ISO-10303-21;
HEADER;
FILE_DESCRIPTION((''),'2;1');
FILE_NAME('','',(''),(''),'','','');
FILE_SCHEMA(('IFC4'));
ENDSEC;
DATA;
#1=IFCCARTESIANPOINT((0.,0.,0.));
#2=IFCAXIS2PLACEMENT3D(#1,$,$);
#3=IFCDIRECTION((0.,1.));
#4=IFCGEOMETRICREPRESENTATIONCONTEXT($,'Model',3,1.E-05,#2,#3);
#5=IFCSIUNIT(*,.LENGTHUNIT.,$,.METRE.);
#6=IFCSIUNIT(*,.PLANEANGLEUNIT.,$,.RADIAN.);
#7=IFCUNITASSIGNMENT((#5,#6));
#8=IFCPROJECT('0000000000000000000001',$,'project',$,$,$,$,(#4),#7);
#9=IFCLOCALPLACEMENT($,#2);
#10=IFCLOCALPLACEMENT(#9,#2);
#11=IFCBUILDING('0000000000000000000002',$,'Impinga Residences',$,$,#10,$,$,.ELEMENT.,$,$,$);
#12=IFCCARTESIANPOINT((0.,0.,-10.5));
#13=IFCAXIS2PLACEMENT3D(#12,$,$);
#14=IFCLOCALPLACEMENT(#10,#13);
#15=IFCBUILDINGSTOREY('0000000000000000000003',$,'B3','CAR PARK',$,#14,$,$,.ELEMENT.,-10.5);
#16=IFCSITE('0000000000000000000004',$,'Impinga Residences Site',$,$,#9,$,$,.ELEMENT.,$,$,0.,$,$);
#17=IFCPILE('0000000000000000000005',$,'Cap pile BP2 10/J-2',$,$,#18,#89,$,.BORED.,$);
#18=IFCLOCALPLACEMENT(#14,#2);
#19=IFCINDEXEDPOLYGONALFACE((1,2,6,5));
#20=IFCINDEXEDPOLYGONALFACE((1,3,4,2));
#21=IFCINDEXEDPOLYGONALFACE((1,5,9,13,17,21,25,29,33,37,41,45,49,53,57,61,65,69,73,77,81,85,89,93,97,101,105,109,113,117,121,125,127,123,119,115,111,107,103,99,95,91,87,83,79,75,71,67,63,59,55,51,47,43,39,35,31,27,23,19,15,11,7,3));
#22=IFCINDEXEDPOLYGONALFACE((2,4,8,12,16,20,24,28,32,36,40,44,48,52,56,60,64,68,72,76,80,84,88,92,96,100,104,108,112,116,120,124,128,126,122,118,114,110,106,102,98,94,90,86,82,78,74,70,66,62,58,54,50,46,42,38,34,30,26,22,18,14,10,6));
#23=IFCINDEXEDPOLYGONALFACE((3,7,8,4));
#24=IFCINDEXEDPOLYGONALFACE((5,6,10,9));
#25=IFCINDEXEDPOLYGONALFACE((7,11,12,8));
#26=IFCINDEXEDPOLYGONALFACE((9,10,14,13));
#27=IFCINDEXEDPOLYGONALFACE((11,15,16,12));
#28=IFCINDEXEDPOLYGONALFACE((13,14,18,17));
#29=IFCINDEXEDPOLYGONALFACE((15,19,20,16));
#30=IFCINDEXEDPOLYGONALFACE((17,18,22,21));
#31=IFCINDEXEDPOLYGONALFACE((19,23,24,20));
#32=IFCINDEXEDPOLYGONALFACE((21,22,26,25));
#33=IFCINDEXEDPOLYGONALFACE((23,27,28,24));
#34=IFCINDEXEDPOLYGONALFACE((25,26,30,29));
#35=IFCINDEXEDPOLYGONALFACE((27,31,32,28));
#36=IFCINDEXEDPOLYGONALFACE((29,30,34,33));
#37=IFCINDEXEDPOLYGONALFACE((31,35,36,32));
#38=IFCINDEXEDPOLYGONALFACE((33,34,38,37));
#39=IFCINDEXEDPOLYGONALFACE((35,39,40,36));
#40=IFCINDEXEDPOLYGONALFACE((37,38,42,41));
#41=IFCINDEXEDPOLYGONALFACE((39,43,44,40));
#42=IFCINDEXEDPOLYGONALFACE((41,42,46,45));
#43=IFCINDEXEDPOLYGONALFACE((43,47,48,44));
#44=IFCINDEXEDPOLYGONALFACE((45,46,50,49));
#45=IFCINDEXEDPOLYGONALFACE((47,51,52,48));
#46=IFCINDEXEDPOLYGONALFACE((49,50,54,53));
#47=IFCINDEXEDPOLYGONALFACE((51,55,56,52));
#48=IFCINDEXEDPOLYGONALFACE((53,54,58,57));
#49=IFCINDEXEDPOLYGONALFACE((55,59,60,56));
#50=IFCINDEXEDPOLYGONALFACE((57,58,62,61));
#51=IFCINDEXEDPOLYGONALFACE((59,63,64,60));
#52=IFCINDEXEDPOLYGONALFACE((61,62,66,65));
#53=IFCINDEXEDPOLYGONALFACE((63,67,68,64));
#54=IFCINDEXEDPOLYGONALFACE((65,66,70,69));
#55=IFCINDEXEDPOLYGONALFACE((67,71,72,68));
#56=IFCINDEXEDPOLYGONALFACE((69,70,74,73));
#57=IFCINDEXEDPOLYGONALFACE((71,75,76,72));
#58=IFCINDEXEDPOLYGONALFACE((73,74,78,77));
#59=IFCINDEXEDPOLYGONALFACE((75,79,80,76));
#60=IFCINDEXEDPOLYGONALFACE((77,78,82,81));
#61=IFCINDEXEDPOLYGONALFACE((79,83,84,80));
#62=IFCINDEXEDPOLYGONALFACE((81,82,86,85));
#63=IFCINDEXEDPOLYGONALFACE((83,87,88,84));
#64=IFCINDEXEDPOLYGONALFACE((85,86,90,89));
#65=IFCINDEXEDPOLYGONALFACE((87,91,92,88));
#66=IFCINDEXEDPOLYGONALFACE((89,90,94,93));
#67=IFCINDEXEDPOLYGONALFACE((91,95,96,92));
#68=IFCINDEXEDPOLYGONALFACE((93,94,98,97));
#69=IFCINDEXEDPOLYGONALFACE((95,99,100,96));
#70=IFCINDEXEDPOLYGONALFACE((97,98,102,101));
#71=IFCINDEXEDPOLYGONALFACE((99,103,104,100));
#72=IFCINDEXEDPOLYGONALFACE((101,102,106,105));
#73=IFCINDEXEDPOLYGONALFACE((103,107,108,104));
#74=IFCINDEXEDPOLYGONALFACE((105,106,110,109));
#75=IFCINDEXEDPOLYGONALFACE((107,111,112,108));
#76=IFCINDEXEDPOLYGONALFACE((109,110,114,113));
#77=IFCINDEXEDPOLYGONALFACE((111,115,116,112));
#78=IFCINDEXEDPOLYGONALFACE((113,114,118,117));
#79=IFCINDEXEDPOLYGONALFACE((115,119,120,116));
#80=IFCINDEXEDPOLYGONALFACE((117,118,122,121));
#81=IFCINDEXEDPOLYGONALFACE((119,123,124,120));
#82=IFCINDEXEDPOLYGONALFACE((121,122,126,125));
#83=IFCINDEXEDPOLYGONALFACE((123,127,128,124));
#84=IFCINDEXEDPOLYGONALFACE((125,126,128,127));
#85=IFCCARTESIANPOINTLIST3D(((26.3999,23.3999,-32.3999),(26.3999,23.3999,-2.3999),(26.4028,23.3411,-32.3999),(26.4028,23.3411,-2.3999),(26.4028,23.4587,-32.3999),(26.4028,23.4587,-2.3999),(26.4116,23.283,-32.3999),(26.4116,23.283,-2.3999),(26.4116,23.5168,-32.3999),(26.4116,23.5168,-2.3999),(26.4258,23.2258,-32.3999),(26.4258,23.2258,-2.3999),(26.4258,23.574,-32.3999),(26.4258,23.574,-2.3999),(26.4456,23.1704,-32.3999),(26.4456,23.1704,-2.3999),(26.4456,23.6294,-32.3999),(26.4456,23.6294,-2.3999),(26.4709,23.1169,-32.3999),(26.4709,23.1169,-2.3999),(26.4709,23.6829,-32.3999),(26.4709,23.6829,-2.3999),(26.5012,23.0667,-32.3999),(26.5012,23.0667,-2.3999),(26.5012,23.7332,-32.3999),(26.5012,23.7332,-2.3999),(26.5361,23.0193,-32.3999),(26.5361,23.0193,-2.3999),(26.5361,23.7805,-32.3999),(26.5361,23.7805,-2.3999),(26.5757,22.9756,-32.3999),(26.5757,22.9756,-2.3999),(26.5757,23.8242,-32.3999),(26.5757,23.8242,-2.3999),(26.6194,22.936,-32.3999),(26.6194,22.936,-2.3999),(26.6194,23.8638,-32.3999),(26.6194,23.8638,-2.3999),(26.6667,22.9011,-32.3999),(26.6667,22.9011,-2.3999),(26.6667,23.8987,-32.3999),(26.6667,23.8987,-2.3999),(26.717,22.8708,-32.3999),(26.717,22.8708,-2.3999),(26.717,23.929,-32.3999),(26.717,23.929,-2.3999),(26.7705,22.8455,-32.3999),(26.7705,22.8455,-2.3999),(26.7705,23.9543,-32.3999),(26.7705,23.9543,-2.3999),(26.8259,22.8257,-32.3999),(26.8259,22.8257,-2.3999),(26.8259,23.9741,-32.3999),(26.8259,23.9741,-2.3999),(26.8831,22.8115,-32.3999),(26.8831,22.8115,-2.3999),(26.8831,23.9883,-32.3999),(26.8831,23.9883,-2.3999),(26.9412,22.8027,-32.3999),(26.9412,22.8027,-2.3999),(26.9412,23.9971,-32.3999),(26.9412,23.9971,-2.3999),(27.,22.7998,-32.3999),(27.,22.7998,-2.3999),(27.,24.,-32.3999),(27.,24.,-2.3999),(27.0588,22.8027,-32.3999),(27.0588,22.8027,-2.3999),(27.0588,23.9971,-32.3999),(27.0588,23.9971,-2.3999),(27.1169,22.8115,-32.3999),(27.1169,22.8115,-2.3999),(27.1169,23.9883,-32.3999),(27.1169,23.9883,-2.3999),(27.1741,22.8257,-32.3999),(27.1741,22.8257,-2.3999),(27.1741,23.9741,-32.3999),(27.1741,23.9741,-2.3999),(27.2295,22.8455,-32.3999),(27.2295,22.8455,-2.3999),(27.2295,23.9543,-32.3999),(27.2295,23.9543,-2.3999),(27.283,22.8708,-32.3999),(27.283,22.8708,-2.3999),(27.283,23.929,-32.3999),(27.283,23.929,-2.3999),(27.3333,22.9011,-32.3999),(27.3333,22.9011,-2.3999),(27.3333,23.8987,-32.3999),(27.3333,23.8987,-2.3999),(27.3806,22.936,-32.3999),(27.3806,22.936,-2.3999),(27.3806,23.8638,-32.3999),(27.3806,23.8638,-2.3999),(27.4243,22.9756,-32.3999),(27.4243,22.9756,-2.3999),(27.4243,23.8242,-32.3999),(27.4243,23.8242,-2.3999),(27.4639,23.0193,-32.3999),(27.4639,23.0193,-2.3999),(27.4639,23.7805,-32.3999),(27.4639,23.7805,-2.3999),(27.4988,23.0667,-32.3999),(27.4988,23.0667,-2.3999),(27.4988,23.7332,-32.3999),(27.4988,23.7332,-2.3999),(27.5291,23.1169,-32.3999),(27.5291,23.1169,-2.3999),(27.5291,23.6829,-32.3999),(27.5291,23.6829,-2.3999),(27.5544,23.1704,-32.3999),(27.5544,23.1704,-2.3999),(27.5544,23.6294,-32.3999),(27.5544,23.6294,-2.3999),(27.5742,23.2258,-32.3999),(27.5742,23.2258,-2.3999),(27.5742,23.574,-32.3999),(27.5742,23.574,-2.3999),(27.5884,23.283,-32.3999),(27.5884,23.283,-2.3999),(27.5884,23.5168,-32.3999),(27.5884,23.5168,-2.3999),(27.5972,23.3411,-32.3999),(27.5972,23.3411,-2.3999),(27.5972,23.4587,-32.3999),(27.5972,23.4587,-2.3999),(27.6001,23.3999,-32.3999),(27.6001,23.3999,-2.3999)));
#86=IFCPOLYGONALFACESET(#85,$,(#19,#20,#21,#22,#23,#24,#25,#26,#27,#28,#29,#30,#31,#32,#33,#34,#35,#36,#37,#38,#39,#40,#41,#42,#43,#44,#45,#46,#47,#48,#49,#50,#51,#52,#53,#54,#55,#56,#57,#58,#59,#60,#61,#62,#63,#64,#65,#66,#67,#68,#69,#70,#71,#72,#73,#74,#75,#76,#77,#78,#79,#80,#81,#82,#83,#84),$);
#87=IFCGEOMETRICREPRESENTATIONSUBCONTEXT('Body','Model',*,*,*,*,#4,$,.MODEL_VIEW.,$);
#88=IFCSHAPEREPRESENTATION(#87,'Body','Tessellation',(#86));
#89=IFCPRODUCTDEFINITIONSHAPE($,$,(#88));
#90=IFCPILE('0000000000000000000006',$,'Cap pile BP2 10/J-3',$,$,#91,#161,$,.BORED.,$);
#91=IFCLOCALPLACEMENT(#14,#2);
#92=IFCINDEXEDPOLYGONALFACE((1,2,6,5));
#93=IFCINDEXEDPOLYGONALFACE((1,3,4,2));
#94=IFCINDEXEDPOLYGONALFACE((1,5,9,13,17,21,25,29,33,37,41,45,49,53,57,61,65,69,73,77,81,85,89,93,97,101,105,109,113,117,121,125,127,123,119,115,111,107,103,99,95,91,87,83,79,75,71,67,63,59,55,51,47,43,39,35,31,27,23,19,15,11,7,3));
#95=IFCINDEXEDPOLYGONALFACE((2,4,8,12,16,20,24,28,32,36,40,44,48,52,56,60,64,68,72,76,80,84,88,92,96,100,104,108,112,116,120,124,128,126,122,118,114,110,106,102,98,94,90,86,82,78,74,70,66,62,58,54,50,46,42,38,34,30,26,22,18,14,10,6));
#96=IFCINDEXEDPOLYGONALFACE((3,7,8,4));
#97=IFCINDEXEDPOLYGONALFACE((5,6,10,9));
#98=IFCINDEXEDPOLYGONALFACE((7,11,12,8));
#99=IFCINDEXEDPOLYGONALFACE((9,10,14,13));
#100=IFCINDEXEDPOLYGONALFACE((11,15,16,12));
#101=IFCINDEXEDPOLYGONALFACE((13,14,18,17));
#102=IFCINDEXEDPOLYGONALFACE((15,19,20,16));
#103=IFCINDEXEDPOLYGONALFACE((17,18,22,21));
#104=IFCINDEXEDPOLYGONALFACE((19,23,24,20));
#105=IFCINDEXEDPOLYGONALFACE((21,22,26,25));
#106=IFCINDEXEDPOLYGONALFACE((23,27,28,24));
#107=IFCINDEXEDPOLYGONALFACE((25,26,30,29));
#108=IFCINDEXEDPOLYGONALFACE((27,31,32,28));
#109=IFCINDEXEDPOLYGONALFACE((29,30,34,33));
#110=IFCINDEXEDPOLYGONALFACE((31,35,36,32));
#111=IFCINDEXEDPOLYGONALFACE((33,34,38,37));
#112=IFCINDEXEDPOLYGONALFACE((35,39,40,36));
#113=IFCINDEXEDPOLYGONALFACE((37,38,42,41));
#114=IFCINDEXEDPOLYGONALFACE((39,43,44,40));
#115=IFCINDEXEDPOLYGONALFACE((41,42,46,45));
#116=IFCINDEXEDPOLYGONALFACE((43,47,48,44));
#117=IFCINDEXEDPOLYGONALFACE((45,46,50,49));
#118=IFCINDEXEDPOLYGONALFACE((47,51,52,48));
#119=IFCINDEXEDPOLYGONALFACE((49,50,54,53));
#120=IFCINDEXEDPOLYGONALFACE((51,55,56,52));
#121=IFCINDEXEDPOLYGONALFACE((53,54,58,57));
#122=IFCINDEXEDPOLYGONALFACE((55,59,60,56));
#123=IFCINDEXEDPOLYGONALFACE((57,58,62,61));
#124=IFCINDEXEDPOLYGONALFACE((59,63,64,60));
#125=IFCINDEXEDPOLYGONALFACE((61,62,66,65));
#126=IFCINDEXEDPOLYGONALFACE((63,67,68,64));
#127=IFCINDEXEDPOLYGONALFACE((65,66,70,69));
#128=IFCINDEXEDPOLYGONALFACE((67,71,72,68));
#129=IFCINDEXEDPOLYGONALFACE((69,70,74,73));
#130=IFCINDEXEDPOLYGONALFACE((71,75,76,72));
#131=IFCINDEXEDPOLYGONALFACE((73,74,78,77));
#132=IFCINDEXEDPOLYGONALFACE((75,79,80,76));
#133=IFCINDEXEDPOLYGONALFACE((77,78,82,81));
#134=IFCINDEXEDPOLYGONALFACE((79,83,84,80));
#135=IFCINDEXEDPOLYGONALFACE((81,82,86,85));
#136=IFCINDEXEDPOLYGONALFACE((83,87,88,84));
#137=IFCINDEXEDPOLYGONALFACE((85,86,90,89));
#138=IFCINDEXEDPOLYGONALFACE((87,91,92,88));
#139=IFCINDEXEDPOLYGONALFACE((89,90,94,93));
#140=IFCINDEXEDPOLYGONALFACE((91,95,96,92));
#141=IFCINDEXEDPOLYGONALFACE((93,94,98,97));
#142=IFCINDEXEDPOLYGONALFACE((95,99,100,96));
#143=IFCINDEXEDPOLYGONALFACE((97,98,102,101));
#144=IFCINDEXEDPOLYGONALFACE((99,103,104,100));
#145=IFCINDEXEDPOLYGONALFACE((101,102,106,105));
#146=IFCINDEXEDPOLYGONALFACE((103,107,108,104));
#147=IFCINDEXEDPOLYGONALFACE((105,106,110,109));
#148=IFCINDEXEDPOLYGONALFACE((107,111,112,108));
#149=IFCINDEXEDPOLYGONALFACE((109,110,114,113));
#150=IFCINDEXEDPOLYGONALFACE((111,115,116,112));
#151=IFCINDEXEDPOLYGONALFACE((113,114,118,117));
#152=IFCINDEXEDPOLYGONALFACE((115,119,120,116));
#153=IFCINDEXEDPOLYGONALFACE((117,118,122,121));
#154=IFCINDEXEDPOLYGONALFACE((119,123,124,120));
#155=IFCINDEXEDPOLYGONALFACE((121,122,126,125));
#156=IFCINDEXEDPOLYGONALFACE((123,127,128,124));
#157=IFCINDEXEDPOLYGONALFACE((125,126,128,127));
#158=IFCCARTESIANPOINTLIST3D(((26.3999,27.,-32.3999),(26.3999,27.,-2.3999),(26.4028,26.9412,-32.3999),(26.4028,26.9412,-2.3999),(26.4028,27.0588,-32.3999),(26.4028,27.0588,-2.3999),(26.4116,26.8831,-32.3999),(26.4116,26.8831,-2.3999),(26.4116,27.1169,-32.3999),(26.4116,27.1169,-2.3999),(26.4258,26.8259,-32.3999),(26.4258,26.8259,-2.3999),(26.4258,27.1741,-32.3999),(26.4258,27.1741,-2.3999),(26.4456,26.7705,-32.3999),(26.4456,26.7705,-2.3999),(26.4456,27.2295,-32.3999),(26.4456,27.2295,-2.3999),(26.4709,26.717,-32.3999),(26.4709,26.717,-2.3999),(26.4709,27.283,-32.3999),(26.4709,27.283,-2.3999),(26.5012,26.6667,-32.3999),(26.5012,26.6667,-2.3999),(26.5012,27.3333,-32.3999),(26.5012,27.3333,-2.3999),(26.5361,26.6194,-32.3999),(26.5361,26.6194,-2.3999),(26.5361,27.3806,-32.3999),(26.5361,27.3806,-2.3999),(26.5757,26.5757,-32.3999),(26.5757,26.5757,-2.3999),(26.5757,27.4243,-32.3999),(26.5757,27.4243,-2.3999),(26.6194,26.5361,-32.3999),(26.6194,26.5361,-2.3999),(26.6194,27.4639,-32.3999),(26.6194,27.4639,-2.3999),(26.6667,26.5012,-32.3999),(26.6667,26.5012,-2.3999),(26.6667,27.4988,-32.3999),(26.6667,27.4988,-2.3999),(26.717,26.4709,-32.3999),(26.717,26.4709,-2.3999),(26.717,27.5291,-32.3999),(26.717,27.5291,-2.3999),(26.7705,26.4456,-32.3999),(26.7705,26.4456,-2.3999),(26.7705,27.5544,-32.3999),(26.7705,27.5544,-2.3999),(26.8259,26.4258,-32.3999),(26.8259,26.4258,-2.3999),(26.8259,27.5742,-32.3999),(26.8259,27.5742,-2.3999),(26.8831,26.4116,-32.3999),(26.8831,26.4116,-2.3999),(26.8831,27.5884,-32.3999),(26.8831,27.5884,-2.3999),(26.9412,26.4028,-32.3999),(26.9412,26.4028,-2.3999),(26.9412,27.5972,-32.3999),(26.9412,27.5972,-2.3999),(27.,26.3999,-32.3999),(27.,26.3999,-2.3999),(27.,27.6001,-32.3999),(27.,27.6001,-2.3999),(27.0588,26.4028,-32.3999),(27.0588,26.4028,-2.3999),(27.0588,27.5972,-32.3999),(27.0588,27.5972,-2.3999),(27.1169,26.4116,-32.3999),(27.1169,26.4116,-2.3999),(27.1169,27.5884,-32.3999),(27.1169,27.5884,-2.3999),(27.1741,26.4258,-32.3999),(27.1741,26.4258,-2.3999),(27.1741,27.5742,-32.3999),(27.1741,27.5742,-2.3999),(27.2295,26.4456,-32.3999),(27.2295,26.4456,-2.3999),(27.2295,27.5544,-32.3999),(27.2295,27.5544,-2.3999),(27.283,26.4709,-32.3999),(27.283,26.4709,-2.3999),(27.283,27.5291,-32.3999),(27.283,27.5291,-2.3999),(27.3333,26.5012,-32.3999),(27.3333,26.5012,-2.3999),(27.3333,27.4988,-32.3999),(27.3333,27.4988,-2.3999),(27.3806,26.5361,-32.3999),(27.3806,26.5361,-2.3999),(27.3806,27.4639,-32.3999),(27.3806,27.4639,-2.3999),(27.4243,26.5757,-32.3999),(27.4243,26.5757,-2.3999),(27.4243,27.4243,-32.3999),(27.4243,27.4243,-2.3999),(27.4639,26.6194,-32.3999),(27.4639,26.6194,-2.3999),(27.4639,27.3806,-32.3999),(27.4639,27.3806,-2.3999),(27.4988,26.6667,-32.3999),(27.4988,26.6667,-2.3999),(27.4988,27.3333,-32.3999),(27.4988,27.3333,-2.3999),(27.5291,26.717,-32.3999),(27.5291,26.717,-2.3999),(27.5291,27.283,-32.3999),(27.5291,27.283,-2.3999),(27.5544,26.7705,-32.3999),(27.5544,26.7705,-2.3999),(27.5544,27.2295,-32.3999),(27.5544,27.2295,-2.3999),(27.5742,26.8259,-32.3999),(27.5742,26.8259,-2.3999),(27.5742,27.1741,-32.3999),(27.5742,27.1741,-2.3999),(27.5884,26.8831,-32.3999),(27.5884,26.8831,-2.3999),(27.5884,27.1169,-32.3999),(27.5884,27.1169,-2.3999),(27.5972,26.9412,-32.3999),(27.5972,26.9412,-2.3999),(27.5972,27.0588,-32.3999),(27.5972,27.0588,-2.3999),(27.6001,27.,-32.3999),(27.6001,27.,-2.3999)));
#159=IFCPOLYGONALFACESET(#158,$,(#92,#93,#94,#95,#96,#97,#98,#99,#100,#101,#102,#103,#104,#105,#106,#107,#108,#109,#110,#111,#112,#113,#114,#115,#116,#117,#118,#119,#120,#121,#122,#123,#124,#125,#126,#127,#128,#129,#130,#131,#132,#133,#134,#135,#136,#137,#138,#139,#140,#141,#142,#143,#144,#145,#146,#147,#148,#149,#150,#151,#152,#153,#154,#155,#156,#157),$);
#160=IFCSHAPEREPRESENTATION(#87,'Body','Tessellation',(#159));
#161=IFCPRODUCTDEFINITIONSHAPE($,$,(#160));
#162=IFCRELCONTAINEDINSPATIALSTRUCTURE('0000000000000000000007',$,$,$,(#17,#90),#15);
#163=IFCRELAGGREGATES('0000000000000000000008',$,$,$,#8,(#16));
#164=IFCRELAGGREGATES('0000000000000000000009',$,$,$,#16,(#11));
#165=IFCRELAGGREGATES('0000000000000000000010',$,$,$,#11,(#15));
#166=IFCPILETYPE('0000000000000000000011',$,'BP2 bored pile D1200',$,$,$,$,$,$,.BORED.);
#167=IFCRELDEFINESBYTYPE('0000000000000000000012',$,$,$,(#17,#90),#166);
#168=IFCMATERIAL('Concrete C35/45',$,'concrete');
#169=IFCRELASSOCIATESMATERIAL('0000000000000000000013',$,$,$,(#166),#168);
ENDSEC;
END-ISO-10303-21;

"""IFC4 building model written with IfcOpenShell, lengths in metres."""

from ifc_helpers import new_model, si_unit, direction, frame, origin, origin_2d, place, context, subcontext, project, spatial, polyline, circle, outline, extrude, material, material_profile, profile_set, type_object, element, save


model = new_model("IFC4")

# Units and contexts
model_context = context("Model", 3, precision=1e-05, world=origin(), true_north=direction((0.0, 1.0)))
body_context = subcontext(model_context, "Body", "Model", "MODEL_VIEW")
ifc_project = project(units=[si_unit("LENGTHUNIT", "METRE"), si_unit("PLANEANGLEUNIT", "RADIAN")], contexts=[model_context])

# Site, building, storey
site_placement = place(None, origin())
site = spatial("IfcSite", under=ifc_project, at=site_placement, Name="Impinga Residences Site", CompositionType="ELEMENT", RefElevation=0.0)
building_placement = place(site_placement, origin())
building = spatial("IfcBuilding", under=site, at=building_placement, Name="Impinga Residences", CompositionType="ELEMENT")
storey_placement = place(building_placement, frame((0.0, 0.0, -10.5)))
storey = spatial("IfcBuildingStorey", under=building, at=storey_placement, Name="B3", Description="CAR PARK", CompositionType="ELEMENT", Elevation=-10.5)

# Piles
ifc_material_1 = material(Name="Concrete C35/45", Category="concrete")
ifc_material_profile_1 = material_profile(ifc_material_1, circle(Radius=0.6001, at=origin_2d()), Name="D1200")
ifc_profile_set_1 = profile_set([ifc_material_profile_1], Name="Concrete C35/45")
pile_type = type_object("IfcPileType", Name="BP2 bored pile D1200", PredefinedType="BORED", material=ifc_profile_set_1)
pile_1_placement = place(storey_placement, frame((27.0, 23.3999, -2.3999), z_axis=(0.0, 0.0, -1.0), x_axis=(1.0, 0.0, 0.0)))
element("IfcPile", 1, at=pile_1_placement, inside=storey, type_object=pile_type, Name="Cap pile BP2 10/J-2", PredefinedType="BORED", context=body_context, shape_type="SweptSolid", body=[
    extrude(outline(polyline([(0.6001, 0.0), (0.5972, 0.0588), (0.5884, 0.1169), (0.5742, 0.1741), (0.5544, 0.2295), (0.5291, 0.283), (0.4988, 0.3333), (0.4639, 0.3806), (0.4243, 0.4243), (0.3806, 0.4639), (0.3333, 0.4988), (0.283, 0.5291), (0.2295, 0.5544), (0.1741, 0.5742), (0.1169, 0.5884), (0.0588, 0.5972), (0.0, 0.6001), (-0.0588, 0.5972), (-0.1169, 0.5884), (-0.1741, 0.5742), (-0.2295, 0.5544), (-0.283, 0.5291), (-0.3333, 0.4988), (-0.3806, 0.4639), (-0.4243, 0.4243), (-0.4639, 0.3806), (-0.4988, 0.3333), (-0.5291, 0.283), (-0.5544, 0.2295), (-0.5742, 0.1741), (-0.5884, 0.1169), (-0.5972, 0.0588), (-0.6001, 0.0), (-0.5972, -0.0588), (-0.5884, -0.1169), (-0.5742, -0.1741), (-0.5544, -0.2295), (-0.5291, -0.283), (-0.4988, -0.3333), (-0.4639, -0.3806), (-0.4243, -0.4243), (-0.3806, -0.4639), (-0.3333, -0.4988), (-0.283, -0.5291), (-0.2295, -0.5544), (-0.1741, -0.5742), (-0.1169, -0.5884), (-0.0588, -0.5972), (0.0, -0.6001), (0.0588, -0.5972), (0.1169, -0.5884), (0.1741, -0.5742), (0.2295, -0.5544), (0.283, -0.5291), (0.3333, -0.4988), (0.3806, -0.4639), (0.4243, -0.4243), (0.4639, -0.3806), (0.4988, -0.3333), (0.5291, -0.283), (0.5544, -0.2295), (0.5742, -0.1741), (0.5884, -0.1169), (0.5972, -0.0588), (0.6001, 0.0)])), origin(), (0.0, 0.0, 1.0), 30.0),
])
pile_2_placement = place(storey_placement, frame((27.0, 27.0, -2.3999), z_axis=(0.0, 0.0, -1.0), x_axis=(1.0, 0.0, 0.0)))
element("IfcPile", 2, at=pile_2_placement, inside=storey, type_object=pile_type, Name="Cap pile BP2 10/J-3", PredefinedType="BORED", context=body_context, shape_type="SweptSolid", body=[
    extrude(outline(polyline([(0.6001, 0.0), (0.5972, 0.0588), (0.5884, 0.1169), (0.5742, 0.1741), (0.5544, 0.2295), (0.5291, 0.283), (0.4988, 0.3333), (0.4639, 0.3806), (0.4243, 0.4243), (0.3806, 0.4639), (0.3333, 0.4988), (0.283, 0.5291), (0.2295, 0.5544), (0.1741, 0.5742), (0.1169, 0.5884), (0.0588, 0.5972), (0.0, 0.6001), (-0.0588, 0.5972), (-0.1169, 0.5884), (-0.1741, 0.5742), (-0.2295, 0.5544), (-0.283, 0.5291), (-0.3333, 0.4988), (-0.3806, 0.4639), (-0.4243, 0.4243), (-0.4639, 0.3806), (-0.4988, 0.3333), (-0.5291, 0.283), (-0.5544, 0.2295), (-0.5742, 0.1741), (-0.5884, 0.1169), (-0.5972, 0.0588), (-0.6001, 0.0), (-0.5972, -0.0588), (-0.5884, -0.1169), (-0.5742, -0.1741), (-0.5544, -0.2295), (-0.5291, -0.283), (-0.4988, -0.3333), (-0.4639, -0.3806), (-0.4243, -0.4243), (-0.3806, -0.4639), (-0.3333, -0.4988), (-0.283, -0.5291), (-0.2295, -0.5544), (-0.1741, -0.5742), (-0.1169, -0.5884), (-0.0588, -0.5972), (0.0, -0.6001), (0.0588, -0.5972), (0.1169, -0.5884), (0.1741, -0.5742), (0.2295, -0.5544), (0.283, -0.5291), (0.3333, -0.4988), (0.3806, -0.4639), (0.4243, -0.4243), (0.4639, -0.3806), (0.4988, -0.3333), (0.5291, -0.283), (0.5544, -0.2295), (0.5742, -0.1741), (0.5884, -0.1169), (0.5972, -0.0588), (0.6001, 0.0)])), origin(), (0.0, 0.0, 1.0), 30.0),
])

save(model, "model.ifc")
